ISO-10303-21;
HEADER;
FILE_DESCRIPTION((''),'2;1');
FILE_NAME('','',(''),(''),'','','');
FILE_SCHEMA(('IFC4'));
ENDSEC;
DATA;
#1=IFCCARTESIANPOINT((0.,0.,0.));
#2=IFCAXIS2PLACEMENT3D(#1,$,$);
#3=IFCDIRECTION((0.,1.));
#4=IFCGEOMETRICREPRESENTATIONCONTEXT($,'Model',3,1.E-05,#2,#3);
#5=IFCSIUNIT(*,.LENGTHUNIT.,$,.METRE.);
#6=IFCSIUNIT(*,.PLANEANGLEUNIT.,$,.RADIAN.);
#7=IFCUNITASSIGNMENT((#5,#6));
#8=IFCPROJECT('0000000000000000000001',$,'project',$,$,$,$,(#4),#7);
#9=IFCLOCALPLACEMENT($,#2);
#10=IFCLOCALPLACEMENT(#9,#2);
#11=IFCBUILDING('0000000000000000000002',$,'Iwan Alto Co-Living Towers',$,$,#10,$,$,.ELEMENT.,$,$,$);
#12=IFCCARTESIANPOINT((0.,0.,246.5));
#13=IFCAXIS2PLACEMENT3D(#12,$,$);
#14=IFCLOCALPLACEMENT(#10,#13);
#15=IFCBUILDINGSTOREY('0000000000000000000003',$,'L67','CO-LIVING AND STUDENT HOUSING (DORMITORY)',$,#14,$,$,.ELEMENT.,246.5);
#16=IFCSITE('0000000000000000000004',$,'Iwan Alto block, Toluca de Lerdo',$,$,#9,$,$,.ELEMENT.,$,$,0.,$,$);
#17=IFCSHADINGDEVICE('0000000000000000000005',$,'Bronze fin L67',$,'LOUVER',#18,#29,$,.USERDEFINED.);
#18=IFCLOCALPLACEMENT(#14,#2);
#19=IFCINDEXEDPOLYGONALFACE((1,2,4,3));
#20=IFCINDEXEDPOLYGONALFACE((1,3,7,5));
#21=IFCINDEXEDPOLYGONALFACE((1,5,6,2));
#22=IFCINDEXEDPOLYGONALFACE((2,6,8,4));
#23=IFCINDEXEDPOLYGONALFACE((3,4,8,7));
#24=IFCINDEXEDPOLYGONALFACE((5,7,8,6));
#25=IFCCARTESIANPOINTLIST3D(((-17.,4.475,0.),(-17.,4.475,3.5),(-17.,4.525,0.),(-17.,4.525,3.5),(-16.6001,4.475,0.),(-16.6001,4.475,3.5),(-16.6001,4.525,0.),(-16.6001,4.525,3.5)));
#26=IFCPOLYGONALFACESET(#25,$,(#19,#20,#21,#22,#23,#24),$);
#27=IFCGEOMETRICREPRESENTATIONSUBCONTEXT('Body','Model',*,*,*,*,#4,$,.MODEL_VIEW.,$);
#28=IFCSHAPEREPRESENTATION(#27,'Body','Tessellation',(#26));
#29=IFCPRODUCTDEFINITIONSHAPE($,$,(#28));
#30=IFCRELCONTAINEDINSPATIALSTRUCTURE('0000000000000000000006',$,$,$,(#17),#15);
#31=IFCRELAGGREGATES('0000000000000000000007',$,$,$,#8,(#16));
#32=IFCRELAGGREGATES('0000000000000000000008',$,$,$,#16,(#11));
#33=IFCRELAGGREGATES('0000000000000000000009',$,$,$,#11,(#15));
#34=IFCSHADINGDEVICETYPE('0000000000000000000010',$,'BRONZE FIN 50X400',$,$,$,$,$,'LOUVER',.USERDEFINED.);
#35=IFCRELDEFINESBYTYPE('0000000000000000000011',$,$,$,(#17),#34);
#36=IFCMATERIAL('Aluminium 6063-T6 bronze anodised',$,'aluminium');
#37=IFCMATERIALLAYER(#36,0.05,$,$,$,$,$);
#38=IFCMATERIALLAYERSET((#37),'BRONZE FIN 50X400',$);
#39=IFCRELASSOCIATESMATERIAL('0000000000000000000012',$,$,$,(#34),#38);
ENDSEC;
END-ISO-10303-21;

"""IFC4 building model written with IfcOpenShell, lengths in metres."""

from ifc_helpers import new_model, si_unit, direction, frame, origin, origin_2d, place, context, subcontext, project, spatial, rectangle, extrude, material, layer, layer_set, type_object, element, save


model = new_model("IFC4")

# Units and contexts
model_context = context("Model", 3, precision=1e-05, world=origin(), true_north=direction((0.0, 1.0)))
body_context = subcontext(model_context, "Body", "Model", "MODEL_VIEW")
ifc_project = project(units=[si_unit("LENGTHUNIT", "METRE"), si_unit("PLANEANGLEUNIT", "RADIAN")], contexts=[model_context])

# Site, building, storey
site_placement = place(None, origin())
site = spatial("IfcSite", under=ifc_project, at=site_placement, Name="Iwan Alto block, Toluca de Lerdo", CompositionType="ELEMENT", RefElevation=0.0)
building_placement = place(site_placement, origin())
building = spatial("IfcBuilding", under=site, at=building_placement, Name="Iwan Alto Co-Living Towers", CompositionType="ELEMENT")
storey_placement = place(building_placement, frame((0.0, 0.0, 246.5)))
storey = spatial("IfcBuildingStorey", under=building, at=storey_placement, Name="L67", Description="CO-LIVING AND STUDENT HOUSING (DORMITORY)", CompositionType="ELEMENT", Elevation=246.5)

# Shading device
ifc_material_1 = material(Name="Aluminium 6063-T6 bronze anodised", Category="aluminium")
ifc_layer_1 = layer(ifc_material_1, 0.05)
ifc_layer_set_1 = layer_set([ifc_layer_1], Name="BRONZE FIN 50X400")
shading_device_type = type_object("IfcShadingDeviceType", Name="BRONZE FIN 50X400", ElementType="LOUVER", PredefinedType="USERDEFINED", material=ifc_layer_set_1)
shading_device_placement = place(storey_placement, frame((-16.8, 4.5, 0.0), z_axis=(0.0, 0.0, 1.0), x_axis=(0.0, -1.0, 0.0)))
element("IfcShadingDevice", 1, at=shading_device_placement, inside=storey, type_object=shading_device_type, Name="Bronze fin L67", ObjectType="LOUVER", PredefinedType="USERDEFINED", context=body_context, shape_type="SweptSolid", body=[
    extrude(rectangle(XDim=0.05, YDim=0.3999, at=origin_2d()), origin(), (0.0, 0.0, 1.0), 3.5),
])

save(model, "model.ifc")
